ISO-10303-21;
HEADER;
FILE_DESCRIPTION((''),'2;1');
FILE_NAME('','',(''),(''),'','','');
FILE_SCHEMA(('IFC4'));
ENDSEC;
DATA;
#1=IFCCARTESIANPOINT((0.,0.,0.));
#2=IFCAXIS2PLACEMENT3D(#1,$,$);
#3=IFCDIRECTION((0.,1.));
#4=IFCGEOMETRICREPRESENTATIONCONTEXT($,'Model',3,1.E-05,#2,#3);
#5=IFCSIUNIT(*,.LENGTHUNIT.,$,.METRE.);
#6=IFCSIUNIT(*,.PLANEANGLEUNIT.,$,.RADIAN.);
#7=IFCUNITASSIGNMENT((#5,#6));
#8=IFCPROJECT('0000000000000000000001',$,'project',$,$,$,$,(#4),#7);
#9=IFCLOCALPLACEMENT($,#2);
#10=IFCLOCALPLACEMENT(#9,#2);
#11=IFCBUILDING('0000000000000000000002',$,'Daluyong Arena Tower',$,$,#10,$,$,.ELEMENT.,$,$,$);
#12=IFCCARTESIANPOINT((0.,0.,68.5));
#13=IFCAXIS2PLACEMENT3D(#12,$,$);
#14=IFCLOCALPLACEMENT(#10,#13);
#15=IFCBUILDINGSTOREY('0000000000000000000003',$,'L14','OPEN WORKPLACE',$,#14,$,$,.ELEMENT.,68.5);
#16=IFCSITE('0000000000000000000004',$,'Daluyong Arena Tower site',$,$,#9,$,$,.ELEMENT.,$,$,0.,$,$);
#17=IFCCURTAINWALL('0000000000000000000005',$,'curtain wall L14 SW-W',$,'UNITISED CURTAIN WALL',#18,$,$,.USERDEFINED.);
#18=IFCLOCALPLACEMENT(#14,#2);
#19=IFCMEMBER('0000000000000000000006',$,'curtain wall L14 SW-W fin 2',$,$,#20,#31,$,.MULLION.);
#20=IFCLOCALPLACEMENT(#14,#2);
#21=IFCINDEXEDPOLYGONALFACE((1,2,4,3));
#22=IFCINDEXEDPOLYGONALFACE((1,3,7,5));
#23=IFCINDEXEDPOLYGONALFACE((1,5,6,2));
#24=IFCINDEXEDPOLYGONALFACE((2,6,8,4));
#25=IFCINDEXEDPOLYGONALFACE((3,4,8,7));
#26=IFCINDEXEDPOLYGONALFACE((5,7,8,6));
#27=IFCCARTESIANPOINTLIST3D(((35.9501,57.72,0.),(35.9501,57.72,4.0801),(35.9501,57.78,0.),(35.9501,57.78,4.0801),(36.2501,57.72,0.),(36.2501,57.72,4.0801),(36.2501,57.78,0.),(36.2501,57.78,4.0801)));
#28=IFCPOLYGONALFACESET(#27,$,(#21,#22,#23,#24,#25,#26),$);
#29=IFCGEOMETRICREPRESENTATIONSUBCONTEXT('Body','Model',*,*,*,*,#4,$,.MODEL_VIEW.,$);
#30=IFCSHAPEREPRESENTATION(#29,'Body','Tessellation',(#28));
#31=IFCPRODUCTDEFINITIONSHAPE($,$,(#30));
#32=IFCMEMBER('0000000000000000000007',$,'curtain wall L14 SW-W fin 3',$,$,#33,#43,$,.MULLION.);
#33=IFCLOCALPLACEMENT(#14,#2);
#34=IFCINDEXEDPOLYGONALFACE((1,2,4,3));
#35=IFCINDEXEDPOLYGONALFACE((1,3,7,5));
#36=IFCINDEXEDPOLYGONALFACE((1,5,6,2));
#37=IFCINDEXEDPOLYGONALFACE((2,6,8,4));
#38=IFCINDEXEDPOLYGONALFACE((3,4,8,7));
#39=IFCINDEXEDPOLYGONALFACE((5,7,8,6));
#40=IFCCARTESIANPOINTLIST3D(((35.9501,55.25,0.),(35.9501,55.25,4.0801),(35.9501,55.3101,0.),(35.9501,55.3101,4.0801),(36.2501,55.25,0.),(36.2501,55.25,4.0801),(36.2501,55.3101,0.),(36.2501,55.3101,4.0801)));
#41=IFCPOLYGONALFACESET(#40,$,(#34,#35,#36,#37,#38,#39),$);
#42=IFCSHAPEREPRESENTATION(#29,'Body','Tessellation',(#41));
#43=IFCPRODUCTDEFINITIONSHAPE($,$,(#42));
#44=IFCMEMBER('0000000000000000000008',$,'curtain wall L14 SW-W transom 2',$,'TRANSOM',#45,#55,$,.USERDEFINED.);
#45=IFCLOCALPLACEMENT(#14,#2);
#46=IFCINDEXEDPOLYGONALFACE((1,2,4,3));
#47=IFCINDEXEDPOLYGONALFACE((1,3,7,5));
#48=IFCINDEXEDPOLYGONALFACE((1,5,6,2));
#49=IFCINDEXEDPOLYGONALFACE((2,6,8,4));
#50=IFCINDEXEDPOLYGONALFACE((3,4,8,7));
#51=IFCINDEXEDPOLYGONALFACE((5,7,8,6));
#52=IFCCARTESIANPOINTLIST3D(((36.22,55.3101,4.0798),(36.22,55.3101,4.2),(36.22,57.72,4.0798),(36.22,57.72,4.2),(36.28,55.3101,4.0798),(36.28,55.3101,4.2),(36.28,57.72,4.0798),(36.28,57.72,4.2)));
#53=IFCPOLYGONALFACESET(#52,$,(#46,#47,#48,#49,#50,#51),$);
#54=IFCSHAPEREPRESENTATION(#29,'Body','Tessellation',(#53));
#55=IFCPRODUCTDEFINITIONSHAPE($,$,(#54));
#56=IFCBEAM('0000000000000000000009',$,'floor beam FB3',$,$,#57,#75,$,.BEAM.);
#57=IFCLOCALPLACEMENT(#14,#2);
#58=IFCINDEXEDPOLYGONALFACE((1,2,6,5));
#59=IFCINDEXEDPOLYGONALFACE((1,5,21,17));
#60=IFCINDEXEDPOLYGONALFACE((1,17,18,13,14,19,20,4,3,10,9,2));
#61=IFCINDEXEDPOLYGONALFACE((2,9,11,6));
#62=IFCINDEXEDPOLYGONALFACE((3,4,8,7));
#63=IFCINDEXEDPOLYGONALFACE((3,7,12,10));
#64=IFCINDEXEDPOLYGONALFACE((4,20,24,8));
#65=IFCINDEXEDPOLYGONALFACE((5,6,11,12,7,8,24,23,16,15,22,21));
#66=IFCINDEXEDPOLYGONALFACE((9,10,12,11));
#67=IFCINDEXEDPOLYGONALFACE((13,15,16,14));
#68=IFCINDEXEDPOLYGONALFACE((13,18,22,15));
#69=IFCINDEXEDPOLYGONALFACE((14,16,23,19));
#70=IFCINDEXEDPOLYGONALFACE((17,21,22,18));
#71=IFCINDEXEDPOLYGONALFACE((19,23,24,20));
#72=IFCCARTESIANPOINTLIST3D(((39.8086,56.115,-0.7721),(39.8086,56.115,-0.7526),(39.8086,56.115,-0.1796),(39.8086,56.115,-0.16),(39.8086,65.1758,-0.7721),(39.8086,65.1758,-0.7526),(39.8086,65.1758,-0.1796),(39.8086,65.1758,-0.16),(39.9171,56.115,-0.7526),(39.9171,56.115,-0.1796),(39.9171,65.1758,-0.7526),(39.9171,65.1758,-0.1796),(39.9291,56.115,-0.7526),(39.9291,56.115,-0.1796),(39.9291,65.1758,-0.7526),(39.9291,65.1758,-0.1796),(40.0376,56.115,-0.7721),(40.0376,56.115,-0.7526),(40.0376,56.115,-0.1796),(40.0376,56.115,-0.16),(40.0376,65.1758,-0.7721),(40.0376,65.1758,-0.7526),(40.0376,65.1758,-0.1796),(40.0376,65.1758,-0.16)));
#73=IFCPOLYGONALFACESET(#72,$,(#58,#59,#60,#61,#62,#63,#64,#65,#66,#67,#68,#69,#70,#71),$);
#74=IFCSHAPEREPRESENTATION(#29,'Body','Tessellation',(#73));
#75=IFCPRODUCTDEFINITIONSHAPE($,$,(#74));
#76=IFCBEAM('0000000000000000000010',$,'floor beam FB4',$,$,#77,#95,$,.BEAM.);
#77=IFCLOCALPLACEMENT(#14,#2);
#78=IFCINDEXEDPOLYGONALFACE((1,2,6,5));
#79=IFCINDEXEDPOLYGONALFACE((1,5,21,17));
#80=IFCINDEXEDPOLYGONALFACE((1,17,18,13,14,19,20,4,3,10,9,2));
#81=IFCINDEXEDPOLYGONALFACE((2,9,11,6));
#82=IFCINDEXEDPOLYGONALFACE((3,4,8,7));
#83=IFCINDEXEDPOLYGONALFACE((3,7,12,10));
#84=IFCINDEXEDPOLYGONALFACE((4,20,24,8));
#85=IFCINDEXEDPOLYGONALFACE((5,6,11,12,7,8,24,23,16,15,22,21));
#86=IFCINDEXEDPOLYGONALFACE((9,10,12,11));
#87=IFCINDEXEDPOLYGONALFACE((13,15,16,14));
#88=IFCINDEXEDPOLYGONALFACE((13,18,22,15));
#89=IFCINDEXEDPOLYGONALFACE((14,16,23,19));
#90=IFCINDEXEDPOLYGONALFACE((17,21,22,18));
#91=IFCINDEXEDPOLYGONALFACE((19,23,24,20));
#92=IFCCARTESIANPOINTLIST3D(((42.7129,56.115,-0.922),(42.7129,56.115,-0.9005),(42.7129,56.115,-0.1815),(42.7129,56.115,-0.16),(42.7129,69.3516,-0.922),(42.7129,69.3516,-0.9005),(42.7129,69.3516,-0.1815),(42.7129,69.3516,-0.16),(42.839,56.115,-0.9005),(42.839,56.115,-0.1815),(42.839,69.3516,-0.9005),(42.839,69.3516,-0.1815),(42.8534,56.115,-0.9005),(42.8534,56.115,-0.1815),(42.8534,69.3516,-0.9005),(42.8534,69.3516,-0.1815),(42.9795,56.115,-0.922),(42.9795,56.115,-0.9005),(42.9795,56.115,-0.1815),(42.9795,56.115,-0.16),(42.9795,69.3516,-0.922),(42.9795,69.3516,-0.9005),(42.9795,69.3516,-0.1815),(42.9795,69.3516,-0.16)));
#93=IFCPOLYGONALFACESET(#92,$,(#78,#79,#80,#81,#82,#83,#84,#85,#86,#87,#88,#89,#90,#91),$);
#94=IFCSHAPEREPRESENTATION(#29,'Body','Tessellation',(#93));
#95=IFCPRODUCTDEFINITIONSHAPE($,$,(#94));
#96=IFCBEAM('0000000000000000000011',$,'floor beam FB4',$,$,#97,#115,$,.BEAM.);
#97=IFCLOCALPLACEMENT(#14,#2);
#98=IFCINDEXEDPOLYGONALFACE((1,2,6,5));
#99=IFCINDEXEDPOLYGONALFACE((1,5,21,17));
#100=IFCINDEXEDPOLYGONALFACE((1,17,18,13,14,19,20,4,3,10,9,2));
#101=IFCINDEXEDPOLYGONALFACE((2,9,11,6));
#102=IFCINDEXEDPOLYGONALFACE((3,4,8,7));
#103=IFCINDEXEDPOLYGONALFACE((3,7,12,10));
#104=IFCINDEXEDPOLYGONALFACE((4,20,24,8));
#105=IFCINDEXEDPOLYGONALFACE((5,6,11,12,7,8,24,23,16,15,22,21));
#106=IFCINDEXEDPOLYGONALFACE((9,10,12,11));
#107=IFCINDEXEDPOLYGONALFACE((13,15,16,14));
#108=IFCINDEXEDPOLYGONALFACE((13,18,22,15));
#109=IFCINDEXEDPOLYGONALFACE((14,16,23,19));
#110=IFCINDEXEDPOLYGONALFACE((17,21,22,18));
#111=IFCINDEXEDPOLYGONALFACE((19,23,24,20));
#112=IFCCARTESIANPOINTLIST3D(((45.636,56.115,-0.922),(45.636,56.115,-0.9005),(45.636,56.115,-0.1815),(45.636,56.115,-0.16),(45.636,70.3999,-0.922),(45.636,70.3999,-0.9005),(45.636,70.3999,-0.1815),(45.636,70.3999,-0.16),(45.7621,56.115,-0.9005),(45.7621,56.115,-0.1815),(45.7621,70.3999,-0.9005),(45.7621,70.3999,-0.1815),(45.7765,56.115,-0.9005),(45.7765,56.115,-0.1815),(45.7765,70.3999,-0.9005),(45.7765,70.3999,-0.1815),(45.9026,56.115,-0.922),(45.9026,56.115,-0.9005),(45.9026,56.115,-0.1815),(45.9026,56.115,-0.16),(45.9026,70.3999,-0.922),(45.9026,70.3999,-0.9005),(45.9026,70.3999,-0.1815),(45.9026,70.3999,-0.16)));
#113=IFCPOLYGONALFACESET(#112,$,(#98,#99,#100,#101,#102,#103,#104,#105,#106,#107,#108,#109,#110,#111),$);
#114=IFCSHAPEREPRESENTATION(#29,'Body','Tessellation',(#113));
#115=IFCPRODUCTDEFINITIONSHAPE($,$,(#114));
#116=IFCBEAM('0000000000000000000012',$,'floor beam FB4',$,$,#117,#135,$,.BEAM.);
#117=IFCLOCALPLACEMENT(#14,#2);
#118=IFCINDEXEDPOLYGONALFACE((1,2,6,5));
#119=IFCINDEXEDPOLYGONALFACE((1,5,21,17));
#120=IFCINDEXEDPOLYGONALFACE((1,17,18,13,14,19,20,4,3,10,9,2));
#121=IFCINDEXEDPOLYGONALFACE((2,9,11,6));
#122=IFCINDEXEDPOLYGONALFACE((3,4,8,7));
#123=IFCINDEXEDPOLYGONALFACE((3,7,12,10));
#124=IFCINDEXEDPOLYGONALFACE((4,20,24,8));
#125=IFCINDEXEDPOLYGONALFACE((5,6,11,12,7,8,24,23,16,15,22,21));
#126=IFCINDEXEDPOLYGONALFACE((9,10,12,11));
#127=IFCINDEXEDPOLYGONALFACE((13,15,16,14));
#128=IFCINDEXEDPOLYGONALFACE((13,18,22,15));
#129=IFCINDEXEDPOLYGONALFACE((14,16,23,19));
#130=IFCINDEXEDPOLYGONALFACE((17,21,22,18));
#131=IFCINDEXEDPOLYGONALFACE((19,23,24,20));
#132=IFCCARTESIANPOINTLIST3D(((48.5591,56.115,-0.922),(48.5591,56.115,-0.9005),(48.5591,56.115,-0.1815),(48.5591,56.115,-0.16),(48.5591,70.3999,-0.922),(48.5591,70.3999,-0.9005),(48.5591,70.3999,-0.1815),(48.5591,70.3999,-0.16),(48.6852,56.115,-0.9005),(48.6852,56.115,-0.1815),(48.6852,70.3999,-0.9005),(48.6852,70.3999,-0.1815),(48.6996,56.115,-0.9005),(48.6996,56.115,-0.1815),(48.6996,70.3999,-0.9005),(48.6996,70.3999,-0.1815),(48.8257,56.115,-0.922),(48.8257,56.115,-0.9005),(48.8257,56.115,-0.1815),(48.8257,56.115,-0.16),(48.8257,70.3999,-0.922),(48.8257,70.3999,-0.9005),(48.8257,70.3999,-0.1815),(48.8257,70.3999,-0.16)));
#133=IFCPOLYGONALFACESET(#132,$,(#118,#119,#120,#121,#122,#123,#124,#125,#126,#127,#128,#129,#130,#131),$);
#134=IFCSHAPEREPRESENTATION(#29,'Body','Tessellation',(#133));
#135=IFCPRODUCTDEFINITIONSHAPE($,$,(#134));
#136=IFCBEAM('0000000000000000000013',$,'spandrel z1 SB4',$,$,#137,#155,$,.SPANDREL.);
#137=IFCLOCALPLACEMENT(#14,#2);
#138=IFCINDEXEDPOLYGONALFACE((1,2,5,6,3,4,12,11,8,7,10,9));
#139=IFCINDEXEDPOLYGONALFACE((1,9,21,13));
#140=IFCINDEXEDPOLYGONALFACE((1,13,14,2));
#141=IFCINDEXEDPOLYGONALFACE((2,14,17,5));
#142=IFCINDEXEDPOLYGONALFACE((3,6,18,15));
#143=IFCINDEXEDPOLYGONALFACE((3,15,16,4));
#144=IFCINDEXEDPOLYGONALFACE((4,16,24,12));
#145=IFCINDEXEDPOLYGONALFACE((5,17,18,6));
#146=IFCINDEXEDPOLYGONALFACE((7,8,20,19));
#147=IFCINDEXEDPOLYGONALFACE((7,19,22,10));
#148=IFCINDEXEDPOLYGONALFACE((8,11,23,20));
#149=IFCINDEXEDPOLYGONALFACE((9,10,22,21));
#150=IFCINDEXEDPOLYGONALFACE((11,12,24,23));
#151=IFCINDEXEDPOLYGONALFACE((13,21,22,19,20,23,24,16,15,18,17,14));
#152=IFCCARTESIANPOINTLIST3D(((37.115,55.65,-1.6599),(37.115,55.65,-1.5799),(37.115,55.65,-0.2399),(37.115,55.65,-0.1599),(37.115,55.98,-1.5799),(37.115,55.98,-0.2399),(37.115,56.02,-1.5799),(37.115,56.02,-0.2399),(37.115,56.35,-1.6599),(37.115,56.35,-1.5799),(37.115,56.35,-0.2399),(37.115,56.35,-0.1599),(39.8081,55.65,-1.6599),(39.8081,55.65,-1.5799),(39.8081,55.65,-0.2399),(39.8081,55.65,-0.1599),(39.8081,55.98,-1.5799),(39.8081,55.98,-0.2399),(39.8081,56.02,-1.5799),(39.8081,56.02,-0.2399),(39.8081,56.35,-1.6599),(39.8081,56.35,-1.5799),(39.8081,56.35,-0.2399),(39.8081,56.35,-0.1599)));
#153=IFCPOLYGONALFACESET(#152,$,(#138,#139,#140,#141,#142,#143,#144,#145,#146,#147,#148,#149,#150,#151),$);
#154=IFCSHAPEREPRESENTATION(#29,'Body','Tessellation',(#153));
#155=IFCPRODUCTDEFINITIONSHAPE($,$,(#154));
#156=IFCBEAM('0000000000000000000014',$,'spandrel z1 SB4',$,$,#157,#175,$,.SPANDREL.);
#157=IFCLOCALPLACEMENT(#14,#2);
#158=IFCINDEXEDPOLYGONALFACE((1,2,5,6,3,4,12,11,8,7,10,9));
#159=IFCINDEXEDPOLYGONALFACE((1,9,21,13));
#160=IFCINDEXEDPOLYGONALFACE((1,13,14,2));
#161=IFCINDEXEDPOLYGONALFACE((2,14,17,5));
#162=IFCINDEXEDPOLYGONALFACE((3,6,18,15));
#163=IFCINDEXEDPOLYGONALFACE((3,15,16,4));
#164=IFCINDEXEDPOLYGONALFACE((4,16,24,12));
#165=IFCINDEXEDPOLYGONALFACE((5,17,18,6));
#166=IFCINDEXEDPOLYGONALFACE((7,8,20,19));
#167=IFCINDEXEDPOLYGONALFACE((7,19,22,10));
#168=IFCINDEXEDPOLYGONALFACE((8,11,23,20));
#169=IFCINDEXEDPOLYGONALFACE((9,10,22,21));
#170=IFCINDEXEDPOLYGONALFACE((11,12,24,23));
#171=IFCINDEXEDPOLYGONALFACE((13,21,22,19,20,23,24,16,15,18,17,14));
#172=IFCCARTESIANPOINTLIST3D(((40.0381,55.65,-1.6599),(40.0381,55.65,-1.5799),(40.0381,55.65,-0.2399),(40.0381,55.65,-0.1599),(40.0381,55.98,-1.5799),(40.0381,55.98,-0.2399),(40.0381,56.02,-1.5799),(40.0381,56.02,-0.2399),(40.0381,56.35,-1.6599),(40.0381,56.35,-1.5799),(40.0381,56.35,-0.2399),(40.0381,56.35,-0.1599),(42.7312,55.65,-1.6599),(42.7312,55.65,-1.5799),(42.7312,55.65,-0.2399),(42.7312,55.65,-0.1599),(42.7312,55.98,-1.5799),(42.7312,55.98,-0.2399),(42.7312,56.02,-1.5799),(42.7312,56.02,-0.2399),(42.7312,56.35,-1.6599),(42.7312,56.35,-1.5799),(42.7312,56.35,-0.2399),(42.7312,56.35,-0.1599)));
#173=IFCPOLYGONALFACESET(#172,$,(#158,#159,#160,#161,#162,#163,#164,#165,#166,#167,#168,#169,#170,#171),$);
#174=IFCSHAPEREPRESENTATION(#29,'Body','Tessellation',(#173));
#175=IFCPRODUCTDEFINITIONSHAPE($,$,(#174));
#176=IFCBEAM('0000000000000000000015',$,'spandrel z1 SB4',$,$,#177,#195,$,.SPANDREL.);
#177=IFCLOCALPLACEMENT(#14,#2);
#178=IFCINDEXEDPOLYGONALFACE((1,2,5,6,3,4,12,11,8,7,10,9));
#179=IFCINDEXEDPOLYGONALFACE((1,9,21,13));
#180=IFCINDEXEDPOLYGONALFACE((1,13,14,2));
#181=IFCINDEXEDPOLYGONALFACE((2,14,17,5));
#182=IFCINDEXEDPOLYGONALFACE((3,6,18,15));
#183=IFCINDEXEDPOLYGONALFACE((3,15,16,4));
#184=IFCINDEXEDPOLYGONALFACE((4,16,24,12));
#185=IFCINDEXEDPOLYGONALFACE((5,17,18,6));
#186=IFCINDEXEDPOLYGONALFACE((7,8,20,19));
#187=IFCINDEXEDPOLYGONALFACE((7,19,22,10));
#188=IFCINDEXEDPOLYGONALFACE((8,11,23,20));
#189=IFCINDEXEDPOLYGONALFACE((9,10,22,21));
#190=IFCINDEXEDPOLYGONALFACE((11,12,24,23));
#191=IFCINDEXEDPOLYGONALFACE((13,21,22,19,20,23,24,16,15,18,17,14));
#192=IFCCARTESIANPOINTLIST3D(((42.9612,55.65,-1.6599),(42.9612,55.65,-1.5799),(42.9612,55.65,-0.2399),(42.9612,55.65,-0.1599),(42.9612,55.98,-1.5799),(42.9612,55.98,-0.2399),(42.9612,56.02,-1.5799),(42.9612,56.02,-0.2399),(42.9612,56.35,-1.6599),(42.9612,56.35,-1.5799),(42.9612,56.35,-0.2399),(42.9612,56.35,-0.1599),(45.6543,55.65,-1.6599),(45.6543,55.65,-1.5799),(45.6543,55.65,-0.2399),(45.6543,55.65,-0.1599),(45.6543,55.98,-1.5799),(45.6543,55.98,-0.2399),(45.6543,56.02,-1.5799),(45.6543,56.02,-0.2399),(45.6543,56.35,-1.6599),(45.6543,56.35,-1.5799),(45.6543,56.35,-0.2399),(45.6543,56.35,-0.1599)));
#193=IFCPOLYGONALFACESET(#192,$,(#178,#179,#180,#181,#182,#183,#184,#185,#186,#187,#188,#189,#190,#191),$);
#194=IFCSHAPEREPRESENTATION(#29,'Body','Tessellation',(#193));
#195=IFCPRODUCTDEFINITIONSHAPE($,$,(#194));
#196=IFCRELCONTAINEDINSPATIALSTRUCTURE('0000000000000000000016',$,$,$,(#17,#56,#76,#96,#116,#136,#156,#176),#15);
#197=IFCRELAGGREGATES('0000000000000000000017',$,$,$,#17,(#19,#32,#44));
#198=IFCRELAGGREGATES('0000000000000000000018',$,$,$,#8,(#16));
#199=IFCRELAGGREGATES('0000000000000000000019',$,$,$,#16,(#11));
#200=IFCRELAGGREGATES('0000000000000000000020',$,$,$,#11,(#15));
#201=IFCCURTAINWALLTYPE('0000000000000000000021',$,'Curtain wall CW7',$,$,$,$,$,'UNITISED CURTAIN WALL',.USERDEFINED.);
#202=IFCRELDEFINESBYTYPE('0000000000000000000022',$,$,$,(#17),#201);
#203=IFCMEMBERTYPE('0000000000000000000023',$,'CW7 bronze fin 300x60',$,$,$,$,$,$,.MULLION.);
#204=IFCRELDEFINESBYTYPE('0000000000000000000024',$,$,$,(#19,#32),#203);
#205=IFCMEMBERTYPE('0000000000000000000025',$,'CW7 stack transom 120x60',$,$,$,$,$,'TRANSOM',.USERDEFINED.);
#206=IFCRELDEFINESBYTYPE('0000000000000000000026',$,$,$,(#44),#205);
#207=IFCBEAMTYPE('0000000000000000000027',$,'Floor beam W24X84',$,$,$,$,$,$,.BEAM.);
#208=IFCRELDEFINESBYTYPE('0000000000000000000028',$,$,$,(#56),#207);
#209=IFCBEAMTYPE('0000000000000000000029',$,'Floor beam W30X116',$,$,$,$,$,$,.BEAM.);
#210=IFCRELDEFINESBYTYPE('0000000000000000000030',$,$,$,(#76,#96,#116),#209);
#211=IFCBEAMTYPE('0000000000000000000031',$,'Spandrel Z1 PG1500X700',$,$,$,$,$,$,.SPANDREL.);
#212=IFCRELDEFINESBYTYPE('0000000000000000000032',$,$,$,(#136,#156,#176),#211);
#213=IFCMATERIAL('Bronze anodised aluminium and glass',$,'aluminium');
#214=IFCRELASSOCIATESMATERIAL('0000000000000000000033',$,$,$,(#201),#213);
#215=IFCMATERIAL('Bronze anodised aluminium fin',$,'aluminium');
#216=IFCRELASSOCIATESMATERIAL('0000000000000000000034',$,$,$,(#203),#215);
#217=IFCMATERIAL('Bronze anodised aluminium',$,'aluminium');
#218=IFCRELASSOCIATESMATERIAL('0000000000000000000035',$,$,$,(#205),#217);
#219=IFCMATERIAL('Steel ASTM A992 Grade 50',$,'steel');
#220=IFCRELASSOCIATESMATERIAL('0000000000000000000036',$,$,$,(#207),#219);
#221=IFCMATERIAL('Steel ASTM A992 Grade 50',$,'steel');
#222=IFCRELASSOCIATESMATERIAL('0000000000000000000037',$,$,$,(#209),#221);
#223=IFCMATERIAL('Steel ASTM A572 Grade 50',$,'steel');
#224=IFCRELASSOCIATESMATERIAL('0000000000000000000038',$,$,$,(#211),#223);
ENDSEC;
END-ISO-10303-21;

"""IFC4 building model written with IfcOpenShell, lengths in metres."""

from ifc_helpers import new_model, si_unit, direction, frame, origin, origin_2d, place, context, subcontext, project, spatial, rectangle, i_section, extrude, material, material_profile, profile_set, type_object, element, aggregate, save


model = new_model("IFC4")

# Units and contexts
model_context = context("Model", 3, precision=1e-05, world=origin(), true_north=direction((0.0, 1.0)))
body_context = subcontext(model_context, "Body", "Model", "MODEL_VIEW")
ifc_project = project(units=[si_unit("LENGTHUNIT", "METRE"), si_unit("PLANEANGLEUNIT", "RADIAN")], contexts=[model_context])

# Site, building, storey
site_placement = place(None, origin())
site = spatial("IfcSite", under=ifc_project, at=site_placement, Name="Daluyong Arena Tower site", CompositionType="ELEMENT", RefElevation=0.0)
building_placement = place(site_placement, origin())
building = spatial("IfcBuilding", under=site, at=building_placement, Name="Daluyong Arena Tower", CompositionType="ELEMENT")
storey_placement = place(building_placement, frame((0.0, 0.0, 68.5)))
storey = spatial("IfcBuildingStorey", under=building, at=storey_placement, Name="L14", Description="OPEN WORKPLACE", CompositionType="ELEMENT", Elevation=68.5)

# Curtain wall, members
ifc_material_1 = material(Name="Bronze anodised aluminium and glass", Category="aluminium")
curtain_wall_type_1 = type_object("IfcCurtainWallType", Name="Curtain wall CW7", ElementType="UNITISED CURTAIN WALL", PredefinedType="USERDEFINED", material=ifc_material_1)
curtain_wall_1_placement = place(storey_placement, origin())
curtain_wall_1 = element("IfcCurtainWall", 1, at=curtain_wall_1_placement, inside=storey, type_object=curtain_wall_type_1, Name="curtain wall L14 SW-W", ObjectType="UNITISED CURTAIN WALL", PredefinedType="USERDEFINED")
ifc_material_2 = material(Name="Bronze anodised aluminium fin", Category="aluminium")
ifc_material_profile_1 = material_profile(ifc_material_2, rectangle(XDim=0.3, YDim=0.0601, at=origin_2d()))
ifc_profile_set_1 = profile_set([ifc_material_profile_1], Name="Bronze anodised aluminium fin")
member_type_1 = type_object("IfcMemberType", Name="CW7 bronze fin 300x60", PredefinedType="MULLION", material=ifc_profile_set_1)
member_1_placement = place(storey_placement, frame((36.1001, 57.75, 0.0), z_axis=(0.0, 0.0, 1.0), x_axis=(1.0, 0.0, 0.0)))
member_1 = element("IfcMember", 2, at=member_1_placement, type_object=member_type_1, Name="curtain wall L14 SW-W fin 2", PredefinedType="MULLION", context=body_context, shape_type="SweptSolid", body=[
    extrude(rectangle(XDim=0.3, YDim=0.0601, at=origin_2d()), origin(), (0.0, 0.0, 1.0), 4.0801),
])
member_2_placement = place(storey_placement, frame((36.1001, 55.28, 0.0), z_axis=(0.0, 0.0, 1.0), x_axis=(1.0, 0.0, 0.0)))
member_2 = element("IfcMember", 3, at=member_2_placement, type_object=member_type_1, Name="curtain wall L14 SW-W fin 3", PredefinedType="MULLION", context=body_context, shape_type="SweptSolid", body=[
    extrude(rectangle(XDim=0.3, YDim=0.0601, at=origin_2d()), origin(), (0.0, 0.0, 1.0), 4.0801),
])
ifc_material_3 = material(Name="Bronze anodised aluminium", Category="aluminium")
ifc_material_profile_2 = material_profile(ifc_material_3, rectangle(XDim=0.0601, YDim=0.1201, at=origin_2d()))
ifc_profile_set_2 = profile_set([ifc_material_profile_2], Name="Bronze anodised aluminium")
member_type_2 = type_object("IfcMemberType", Name="CW7 stack transom 120x60", ElementType="TRANSOM", PredefinedType="USERDEFINED", material=ifc_profile_set_2)
member_3_placement = place(storey_placement, frame((36.25, 57.72, 4.1399), z_axis=(0.0, -1.0, 0.0), x_axis=(1.0, 0.0, 0.0)))
member_3 = element("IfcMember", 4, at=member_3_placement, type_object=member_type_2, Name="curtain wall L14 SW-W transom 2", ObjectType="TRANSOM", PredefinedType="USERDEFINED", context=body_context, shape_type="SweptSolid", body=[
    extrude(rectangle(XDim=0.0601, YDim=0.1201, at=origin_2d()), origin(), (0.0, 0.0, 1.0), 2.4099),
])

# Beams
ifc_material_4 = material(Name="Steel ASTM A992 Grade 50", Category="steel")
ifc_material_profile_3 = material_profile(ifc_material_4, i_section(OverallWidth=0.229, OverallDepth=0.6121, WebThickness=0.012, FlangeThickness=0.0195, at=origin_2d()))
ifc_profile_set_3 = profile_set([ifc_material_profile_3], Name="Steel ASTM A992 Grade 50")
beam_type_1 = type_object("IfcBeamType", Name="Floor beam W24X84", PredefinedType="BEAM", material=ifc_profile_set_3)
beam_1_placement = place(storey_placement, frame((39.9231, 56.115, -0.4661), z_axis=(0.0, 1.0, 0.0), x_axis=(-1.0, 0.0, 0.0)))
element("IfcBeam", 5, at=beam_1_placement, inside=storey, type_object=beam_type_1, Name="floor beam FB3", PredefinedType="BEAM", context=body_context, shape_type="SweptSolid", body=[
    extrude(i_section(OverallWidth=0.229, OverallDepth=0.6121, WebThickness=0.012, FlangeThickness=0.0195, at=origin_2d()), origin(), (0.0, 0.0, 1.0), 9.0608),
])
ifc_material_5 = material(Name="Steel ASTM A992 Grade 50", Category="steel")
ifc_material_profile_4 = material_profile(ifc_material_5, i_section(OverallWidth=0.2666, OverallDepth=0.762, WebThickness=0.0144, FlangeThickness=0.0215, at=origin_2d()))
ifc_profile_set_4 = profile_set([ifc_material_profile_4], Name="Steel ASTM A992 Grade 50")
beam_type_2 = type_object("IfcBeamType", Name="Floor beam W30X116", PredefinedType="BEAM", material=ifc_profile_set_4)
beam_2_placement = place(storey_placement, frame((42.8462, 56.115, -0.541), z_axis=(0.0, 1.0, 0.0), x_axis=(-1.0, 0.0, 0.0)))
element("IfcBeam", 6, at=beam_2_placement, inside=storey, type_object=beam_type_2, Name="floor beam FB4", PredefinedType="BEAM", context=body_context, shape_type="SweptSolid", body=[
    extrude(i_section(OverallWidth=0.2666, OverallDepth=0.762, WebThickness=0.0144, FlangeThickness=0.0215, at=origin_2d()), origin(), (0.0, 0.0, 1.0), 13.2366),
])
for number, where, z_axis, x_axis, name in (
    (7, (45.7693, 56.115, -0.541), (0.0, 1.0, 0.0), (-1.0, 0.0, 0.0), "floor beam FB4"),
    (8, (48.6924, 56.115, -0.541), (0.0, 1.0, 0.0), (-1.0, 0.0, 0.0), "floor beam FB4"),
):
    element("IfcBeam", number, at=place(storey_placement, frame(where, z_axis=z_axis, x_axis=x_axis)), inside=storey, type_object=beam_type_2, Name=name, PredefinedType="BEAM", context=body_context, shape_type="SweptSolid", body=[
        extrude(i_section(OverallWidth=0.2666, OverallDepth=0.762, WebThickness=0.0144, FlangeThickness=0.0215, at=origin_2d()), origin(), (0.0, 0.0, 1.0), 14.2849),
    ])
ifc_material_6 = material(Name="Steel ASTM A572 Grade 50", Category="steel")
ifc_material_profile_5 = material_profile(ifc_material_6, i_section(OverallWidth=0.7, OverallDepth=1.5, WebThickness=0.04, FlangeThickness=0.08, at=origin_2d()))
ifc_profile_set_5 = profile_set([ifc_material_profile_5], Name="Steel ASTM A572 Grade 50")
beam_type_3 = type_object("IfcBeamType", Name="Spandrel Z1 PG1500X700", PredefinedType="SPANDREL", material=ifc_profile_set_5)
for number, where, z_axis, x_axis, name in (
    (9, (37.115, 56.0, -0.9099), (1.0, 0.0, 0.0), (0.0, 1.0, 0.0), "spandrel z1 SB4"),
    (10, (40.0381, 56.0, -0.9099), (1.0, 0.0, 0.0), (0.0, 1.0, 0.0), "spandrel z1 SB4"),
    (11, (42.9612, 56.0, -0.9099), (1.0, 0.0, 0.0), (0.0, 1.0, 0.0), "spandrel z1 SB4"),
):
    element("IfcBeam", number, at=place(storey_placement, frame(where, z_axis=z_axis, x_axis=x_axis)), inside=storey, type_object=beam_type_3, Name=name, PredefinedType="SPANDREL", context=body_context, shape_type="SweptSolid", body=[
        extrude(i_section(OverallWidth=0.7, OverallDepth=1.5, WebThickness=0.04, FlangeThickness=0.08, at=origin_2d()), origin(), (0.0, 0.0, 1.0), 2.6931),
    ])

aggregate(curtain_wall_1, [member_1, member_2, member_3])

save(model, "model.ifc")
